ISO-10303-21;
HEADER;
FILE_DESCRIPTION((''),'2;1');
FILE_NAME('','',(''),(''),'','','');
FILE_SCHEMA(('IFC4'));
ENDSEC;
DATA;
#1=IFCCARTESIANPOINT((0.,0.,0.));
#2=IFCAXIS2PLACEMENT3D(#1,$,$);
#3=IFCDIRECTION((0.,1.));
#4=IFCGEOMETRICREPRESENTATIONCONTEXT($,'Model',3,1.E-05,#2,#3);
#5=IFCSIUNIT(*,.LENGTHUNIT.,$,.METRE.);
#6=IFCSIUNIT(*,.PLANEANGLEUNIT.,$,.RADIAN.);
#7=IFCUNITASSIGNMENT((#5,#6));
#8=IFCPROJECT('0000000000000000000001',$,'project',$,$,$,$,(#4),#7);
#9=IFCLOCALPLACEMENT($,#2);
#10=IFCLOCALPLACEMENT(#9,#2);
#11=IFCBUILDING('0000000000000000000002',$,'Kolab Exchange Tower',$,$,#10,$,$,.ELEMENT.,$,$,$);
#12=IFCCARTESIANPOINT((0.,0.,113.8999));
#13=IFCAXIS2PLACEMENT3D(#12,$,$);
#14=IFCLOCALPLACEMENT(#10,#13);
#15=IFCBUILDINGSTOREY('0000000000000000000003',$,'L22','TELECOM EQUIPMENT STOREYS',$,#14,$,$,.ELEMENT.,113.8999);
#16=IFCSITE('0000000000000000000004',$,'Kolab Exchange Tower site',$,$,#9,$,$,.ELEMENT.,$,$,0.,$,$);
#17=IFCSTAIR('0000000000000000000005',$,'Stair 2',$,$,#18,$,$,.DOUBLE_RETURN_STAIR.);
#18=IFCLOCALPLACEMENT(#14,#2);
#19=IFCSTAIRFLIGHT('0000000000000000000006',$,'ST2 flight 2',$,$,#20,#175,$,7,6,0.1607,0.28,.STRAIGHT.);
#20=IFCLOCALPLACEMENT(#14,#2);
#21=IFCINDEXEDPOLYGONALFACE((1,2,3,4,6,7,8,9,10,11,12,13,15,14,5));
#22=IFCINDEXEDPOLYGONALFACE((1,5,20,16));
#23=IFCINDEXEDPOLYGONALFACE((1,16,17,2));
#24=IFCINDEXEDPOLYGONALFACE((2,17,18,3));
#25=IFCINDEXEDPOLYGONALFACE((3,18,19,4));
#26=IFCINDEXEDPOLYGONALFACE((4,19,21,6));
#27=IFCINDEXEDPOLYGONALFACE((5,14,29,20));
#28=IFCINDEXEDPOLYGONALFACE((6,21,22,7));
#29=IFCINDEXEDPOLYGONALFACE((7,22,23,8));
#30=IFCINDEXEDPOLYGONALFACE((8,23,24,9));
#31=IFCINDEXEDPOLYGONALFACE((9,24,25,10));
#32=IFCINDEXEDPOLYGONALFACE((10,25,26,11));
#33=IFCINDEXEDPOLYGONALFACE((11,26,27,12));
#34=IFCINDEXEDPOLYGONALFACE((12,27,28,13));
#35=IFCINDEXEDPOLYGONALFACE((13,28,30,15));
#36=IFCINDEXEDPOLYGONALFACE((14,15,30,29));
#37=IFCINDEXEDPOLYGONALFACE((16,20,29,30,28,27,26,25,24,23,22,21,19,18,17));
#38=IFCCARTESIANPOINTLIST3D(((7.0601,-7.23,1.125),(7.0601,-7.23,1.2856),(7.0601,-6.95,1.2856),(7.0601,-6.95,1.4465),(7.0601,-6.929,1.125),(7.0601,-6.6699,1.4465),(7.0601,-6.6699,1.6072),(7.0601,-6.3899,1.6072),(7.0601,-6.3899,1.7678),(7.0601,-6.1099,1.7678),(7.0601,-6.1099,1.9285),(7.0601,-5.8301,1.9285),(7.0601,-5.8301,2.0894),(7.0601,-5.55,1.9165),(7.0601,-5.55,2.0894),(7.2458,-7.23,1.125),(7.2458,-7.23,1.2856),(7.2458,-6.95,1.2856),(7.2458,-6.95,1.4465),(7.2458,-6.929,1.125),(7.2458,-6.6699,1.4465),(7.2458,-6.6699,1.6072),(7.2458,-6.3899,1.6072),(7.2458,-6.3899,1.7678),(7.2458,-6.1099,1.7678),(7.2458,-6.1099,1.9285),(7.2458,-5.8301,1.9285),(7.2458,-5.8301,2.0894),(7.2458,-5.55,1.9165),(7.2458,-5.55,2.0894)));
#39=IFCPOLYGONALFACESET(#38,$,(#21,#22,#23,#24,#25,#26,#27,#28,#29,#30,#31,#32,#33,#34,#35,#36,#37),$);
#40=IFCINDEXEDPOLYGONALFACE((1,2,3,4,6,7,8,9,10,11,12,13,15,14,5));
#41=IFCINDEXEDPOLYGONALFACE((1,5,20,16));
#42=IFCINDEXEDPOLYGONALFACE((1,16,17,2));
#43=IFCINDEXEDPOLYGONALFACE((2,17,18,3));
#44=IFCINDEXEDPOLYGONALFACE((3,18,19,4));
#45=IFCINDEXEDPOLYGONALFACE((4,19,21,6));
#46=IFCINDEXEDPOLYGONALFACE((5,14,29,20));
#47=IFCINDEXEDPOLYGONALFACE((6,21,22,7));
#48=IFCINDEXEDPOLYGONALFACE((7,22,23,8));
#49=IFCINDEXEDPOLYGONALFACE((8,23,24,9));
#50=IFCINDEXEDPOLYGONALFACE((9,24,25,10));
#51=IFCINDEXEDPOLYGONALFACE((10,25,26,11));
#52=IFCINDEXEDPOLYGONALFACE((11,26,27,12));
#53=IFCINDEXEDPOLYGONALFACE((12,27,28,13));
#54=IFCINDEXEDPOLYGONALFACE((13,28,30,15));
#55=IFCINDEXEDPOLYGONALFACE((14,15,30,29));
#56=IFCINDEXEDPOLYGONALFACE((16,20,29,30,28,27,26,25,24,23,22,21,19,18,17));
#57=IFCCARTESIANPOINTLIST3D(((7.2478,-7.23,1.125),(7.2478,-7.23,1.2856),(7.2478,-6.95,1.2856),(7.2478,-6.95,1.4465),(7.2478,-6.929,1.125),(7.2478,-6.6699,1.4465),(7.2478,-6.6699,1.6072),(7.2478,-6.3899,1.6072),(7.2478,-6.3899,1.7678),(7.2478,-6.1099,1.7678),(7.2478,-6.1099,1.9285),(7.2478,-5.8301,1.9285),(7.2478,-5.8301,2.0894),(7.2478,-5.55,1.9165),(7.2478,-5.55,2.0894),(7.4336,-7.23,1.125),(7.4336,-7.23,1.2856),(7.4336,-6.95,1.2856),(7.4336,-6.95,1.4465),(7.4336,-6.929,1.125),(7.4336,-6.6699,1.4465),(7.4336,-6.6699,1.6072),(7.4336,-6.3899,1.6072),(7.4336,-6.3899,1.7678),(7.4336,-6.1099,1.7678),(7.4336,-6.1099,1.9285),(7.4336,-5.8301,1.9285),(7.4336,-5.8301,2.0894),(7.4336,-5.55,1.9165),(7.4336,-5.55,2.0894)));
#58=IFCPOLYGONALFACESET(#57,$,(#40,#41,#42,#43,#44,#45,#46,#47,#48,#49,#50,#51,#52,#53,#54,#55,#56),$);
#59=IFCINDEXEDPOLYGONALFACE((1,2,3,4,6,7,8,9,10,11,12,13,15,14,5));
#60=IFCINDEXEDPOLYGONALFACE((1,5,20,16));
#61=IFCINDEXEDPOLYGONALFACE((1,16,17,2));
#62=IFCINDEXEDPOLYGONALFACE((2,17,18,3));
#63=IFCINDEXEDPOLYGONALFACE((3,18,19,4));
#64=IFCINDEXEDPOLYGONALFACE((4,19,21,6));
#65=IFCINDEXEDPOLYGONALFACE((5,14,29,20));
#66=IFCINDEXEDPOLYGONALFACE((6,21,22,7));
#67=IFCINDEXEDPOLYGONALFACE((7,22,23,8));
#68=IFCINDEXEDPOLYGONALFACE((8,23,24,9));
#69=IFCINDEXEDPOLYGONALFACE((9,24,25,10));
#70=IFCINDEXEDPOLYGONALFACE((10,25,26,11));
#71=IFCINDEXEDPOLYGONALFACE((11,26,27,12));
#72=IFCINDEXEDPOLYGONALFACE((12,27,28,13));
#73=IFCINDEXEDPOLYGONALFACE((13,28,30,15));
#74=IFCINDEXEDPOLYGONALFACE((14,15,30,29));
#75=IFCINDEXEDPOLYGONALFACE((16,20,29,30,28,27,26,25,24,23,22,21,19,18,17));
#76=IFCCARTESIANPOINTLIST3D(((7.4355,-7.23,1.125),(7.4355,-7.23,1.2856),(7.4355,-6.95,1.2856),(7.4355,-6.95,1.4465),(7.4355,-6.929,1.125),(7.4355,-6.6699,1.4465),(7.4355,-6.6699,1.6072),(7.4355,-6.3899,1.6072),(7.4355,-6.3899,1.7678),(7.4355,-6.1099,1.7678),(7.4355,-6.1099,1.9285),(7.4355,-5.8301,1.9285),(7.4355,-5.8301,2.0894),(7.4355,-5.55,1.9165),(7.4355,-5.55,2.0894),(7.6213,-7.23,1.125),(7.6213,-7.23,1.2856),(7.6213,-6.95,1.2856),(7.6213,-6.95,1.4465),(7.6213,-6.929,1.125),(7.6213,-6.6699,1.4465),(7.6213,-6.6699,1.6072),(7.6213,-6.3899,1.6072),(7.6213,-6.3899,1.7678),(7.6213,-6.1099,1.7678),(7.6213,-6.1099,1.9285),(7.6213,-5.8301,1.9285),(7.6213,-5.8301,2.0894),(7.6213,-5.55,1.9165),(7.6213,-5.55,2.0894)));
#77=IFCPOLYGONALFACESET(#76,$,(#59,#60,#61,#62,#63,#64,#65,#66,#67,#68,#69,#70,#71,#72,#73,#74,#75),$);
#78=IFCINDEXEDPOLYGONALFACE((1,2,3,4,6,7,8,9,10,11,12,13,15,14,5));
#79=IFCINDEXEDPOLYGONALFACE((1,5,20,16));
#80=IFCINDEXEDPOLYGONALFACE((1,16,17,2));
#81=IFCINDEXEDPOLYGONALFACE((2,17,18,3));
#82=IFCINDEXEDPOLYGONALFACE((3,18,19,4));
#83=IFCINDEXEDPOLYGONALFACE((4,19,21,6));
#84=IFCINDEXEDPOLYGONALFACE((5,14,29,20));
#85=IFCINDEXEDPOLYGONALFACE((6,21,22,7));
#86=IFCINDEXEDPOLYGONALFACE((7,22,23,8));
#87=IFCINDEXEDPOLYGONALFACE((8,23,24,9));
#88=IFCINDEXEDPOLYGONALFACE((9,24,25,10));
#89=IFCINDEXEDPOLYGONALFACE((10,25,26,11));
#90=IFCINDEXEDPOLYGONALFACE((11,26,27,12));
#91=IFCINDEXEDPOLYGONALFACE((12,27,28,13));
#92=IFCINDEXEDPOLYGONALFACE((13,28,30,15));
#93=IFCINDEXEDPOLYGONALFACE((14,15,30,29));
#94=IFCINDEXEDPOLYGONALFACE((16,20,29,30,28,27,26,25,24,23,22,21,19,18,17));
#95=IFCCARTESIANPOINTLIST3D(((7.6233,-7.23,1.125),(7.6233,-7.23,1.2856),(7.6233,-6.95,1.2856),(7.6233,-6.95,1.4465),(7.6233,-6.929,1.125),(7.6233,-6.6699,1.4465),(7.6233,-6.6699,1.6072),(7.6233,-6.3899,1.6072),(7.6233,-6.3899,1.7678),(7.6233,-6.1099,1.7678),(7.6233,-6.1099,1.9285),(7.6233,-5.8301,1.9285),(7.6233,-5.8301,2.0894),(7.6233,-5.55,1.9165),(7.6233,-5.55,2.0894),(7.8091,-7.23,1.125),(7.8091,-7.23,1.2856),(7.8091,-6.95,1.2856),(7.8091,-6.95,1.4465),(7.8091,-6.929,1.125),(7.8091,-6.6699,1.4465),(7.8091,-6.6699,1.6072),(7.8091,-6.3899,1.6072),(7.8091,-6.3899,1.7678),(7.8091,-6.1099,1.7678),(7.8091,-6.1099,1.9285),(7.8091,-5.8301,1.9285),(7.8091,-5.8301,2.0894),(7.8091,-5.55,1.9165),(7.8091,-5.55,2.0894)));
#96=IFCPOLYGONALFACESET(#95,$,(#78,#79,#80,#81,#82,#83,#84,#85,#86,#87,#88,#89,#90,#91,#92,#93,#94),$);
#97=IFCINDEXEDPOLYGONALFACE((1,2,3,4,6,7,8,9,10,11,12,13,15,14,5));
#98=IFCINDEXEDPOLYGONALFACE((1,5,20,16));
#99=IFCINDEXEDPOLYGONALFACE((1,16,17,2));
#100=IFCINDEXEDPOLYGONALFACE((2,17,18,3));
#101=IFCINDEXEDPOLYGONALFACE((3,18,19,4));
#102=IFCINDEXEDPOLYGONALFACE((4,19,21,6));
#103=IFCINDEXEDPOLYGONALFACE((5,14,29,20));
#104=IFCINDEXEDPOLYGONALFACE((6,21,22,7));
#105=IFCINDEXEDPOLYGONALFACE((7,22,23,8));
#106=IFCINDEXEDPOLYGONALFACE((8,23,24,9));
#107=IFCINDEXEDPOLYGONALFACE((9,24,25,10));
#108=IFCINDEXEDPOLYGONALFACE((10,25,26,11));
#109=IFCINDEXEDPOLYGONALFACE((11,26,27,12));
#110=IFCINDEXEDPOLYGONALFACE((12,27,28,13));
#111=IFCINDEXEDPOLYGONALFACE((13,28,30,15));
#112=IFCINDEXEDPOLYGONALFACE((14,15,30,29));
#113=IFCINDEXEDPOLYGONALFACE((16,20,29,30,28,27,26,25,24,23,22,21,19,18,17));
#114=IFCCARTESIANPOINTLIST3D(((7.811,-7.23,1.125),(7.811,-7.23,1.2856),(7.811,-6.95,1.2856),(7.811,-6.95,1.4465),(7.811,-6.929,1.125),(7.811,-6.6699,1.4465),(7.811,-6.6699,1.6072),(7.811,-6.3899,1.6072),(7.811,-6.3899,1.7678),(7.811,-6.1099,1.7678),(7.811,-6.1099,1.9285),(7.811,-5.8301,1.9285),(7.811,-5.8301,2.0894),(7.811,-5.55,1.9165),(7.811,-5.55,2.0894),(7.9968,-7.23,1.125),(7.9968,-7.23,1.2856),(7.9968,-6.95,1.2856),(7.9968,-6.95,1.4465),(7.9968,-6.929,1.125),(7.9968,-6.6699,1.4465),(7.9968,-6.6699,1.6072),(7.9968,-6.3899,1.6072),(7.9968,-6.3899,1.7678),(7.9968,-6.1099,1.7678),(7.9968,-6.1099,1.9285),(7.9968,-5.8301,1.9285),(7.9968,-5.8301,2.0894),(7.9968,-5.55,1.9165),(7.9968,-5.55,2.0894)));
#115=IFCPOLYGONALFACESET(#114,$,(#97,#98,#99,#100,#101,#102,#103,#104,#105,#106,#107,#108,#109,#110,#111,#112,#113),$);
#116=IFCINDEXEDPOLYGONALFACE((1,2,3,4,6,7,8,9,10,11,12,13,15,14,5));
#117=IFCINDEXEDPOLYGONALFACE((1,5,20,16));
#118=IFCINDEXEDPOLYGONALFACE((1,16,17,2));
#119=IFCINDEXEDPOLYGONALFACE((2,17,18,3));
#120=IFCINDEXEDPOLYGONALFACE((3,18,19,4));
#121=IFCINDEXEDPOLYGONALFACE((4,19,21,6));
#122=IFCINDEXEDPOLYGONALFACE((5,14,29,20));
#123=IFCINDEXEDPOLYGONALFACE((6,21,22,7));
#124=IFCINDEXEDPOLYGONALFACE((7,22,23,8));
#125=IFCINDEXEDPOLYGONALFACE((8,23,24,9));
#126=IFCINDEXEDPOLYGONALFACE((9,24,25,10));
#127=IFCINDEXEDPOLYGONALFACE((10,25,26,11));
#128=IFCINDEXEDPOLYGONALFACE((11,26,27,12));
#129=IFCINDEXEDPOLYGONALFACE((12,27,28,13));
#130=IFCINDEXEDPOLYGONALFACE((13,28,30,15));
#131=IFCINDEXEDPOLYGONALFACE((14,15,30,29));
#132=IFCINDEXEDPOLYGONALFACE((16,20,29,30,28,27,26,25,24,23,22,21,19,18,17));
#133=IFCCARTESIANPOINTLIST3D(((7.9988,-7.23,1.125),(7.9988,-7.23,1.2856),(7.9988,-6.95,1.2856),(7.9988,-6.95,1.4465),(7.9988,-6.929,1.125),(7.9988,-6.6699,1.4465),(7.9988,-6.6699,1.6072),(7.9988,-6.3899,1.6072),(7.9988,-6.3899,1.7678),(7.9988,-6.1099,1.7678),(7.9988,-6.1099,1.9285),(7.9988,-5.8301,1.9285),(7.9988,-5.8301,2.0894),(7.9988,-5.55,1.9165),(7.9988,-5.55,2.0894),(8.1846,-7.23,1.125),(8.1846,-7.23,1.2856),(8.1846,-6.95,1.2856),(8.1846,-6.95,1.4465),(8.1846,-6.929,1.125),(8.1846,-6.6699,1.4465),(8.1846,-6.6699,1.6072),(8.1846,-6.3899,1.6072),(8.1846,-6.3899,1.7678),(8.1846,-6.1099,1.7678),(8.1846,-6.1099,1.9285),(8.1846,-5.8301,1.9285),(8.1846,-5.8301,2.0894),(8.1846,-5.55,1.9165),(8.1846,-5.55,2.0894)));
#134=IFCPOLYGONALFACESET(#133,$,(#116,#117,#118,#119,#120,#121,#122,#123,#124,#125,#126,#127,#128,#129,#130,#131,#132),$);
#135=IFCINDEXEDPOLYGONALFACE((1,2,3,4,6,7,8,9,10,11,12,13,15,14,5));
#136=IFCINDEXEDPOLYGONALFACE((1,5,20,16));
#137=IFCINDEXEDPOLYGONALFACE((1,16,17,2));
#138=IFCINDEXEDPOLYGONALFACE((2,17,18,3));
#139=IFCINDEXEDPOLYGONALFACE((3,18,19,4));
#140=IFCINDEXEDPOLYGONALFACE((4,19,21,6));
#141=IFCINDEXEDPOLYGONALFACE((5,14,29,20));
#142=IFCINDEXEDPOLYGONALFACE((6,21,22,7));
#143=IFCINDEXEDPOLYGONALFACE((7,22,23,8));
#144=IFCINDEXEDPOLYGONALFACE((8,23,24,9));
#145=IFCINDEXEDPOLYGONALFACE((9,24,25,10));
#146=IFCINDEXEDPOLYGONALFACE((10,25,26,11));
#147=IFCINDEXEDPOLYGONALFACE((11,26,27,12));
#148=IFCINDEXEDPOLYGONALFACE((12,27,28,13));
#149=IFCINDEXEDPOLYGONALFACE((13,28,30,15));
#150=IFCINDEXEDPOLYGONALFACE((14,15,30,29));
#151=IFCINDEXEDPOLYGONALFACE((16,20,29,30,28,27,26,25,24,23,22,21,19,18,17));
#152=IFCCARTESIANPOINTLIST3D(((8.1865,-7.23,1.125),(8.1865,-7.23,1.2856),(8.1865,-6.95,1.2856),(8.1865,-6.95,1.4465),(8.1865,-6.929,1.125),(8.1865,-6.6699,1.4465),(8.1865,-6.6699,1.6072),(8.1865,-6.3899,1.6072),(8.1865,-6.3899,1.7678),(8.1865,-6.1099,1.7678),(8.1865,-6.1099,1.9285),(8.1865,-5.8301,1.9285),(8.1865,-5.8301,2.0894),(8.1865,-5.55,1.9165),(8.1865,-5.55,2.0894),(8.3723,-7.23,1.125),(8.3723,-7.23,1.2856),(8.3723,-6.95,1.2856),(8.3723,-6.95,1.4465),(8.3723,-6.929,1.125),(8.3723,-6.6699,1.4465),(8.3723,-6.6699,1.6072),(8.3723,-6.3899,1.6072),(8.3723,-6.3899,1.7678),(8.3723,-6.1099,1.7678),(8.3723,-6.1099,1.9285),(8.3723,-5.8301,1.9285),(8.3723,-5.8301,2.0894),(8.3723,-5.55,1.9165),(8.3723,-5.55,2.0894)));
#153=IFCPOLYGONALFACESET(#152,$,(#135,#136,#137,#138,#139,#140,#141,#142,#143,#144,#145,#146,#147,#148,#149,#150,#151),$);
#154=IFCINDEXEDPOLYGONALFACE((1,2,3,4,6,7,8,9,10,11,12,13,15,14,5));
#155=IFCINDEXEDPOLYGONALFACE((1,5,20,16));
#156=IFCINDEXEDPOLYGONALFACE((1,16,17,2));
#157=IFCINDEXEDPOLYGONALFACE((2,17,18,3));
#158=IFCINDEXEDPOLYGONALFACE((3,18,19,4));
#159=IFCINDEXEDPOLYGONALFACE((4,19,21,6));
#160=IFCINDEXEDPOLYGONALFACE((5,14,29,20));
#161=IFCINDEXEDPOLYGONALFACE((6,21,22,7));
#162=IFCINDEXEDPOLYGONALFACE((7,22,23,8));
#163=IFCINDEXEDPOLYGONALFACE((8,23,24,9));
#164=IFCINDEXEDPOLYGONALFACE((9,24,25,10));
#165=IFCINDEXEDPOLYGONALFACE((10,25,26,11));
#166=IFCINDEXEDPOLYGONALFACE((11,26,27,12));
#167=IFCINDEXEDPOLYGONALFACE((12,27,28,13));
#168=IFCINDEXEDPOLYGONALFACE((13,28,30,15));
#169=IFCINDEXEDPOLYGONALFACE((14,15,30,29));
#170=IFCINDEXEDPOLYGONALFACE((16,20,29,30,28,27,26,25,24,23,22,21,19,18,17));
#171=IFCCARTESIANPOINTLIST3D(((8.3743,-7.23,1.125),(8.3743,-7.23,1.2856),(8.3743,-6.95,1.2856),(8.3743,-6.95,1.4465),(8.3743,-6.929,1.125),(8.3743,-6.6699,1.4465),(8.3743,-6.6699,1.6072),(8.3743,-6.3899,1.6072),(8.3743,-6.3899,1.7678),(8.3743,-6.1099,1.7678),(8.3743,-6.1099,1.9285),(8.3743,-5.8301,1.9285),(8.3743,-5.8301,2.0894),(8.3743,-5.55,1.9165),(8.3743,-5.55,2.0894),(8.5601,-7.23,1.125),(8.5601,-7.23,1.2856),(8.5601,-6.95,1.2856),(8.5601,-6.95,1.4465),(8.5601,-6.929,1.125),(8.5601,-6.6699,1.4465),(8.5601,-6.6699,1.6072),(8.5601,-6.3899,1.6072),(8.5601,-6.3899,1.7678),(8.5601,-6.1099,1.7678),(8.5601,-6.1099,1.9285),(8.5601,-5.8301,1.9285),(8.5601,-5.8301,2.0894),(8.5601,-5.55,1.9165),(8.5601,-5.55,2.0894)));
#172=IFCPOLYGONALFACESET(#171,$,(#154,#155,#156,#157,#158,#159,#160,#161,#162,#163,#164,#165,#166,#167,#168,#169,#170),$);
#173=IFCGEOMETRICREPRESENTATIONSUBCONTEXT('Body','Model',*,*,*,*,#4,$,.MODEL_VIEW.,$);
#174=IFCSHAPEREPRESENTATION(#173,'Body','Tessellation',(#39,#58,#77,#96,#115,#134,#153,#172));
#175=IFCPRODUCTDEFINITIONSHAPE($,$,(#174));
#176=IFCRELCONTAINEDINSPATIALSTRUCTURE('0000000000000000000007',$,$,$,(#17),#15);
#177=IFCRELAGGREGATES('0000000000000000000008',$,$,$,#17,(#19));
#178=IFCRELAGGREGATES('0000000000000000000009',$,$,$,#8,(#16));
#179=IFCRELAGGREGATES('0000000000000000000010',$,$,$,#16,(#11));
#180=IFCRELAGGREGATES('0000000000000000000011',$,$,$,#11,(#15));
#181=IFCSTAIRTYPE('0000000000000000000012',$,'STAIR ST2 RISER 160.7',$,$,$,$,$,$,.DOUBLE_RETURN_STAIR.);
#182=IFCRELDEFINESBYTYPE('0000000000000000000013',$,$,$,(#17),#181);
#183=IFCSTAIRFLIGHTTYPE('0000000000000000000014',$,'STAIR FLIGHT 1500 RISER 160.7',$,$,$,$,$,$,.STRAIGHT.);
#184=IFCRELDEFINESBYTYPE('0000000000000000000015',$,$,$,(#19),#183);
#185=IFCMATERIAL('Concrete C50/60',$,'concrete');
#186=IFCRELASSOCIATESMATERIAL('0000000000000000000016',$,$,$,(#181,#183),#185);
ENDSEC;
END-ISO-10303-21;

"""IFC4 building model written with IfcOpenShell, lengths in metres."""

from ifc_helpers import new_model, si_unit, direction, frame, origin, place, context, subcontext, project, spatial, polyline, outline, extrude, material, type_object, element, aggregate, save


model = new_model("IFC4")

# Units and contexts
model_context = context("Model", 3, precision=1e-05, world=origin(), true_north=direction((0.0, 1.0)))
body_context = subcontext(model_context, "Body", "Model", "MODEL_VIEW")
ifc_project = project(units=[si_unit("LENGTHUNIT", "METRE"), si_unit("PLANEANGLEUNIT", "RADIAN")], contexts=[model_context])

# Site, building, storey
site_placement = place(None, origin())
site = spatial("IfcSite", under=ifc_project, at=site_placement, Name="Kolab Exchange Tower site", CompositionType="ELEMENT", RefElevation=0.0)
building_placement = place(site_placement, origin())
building = spatial("IfcBuilding", under=site, at=building_placement, Name="Kolab Exchange Tower", CompositionType="ELEMENT")
storey_placement = place(building_placement, frame((0.0, 0.0, 113.8999)))
storey = spatial("IfcBuildingStorey", under=building, at=storey_placement, Name="L22", Description="TELECOM EQUIPMENT STOREYS", CompositionType="ELEMENT", Elevation=113.8999)

# Shared definitions
ifc_material_1 = material(Name="Concrete C50/60", Category="concrete")

# Stair, stair flight
stair_type = type_object("IfcStairType", Name="STAIR ST2 RISER 160.7", PredefinedType="DOUBLE_RETURN_STAIR", material=ifc_material_1)
stair_placement = place(storey_placement, origin())
stair = element("IfcStair", 1, at=stair_placement, inside=storey, type_object=stair_type, Name="Stair 2", PredefinedType="DOUBLE_RETURN_STAIR")
stair_flight_type = type_object("IfcStairFlightType", Name="STAIR FLIGHT 1500 RISER 160.7", PredefinedType="STRAIGHT", material=ifc_material_1)
stair_flight_1_placement = place(storey_placement, frame((7.8101, -7.23, 1.125), z_axis=(0.0, 0.0, 1.0), x_axis=(0.0, 1.0, 0.0)))
stair_flight_1 = element("IfcStairFlight", 2, at=stair_flight_1_placement, type_object=stair_flight_type, Name="ST2 flight 2", NumberOfRisers=7, NumberOfTreads=6, PredefinedType="STRAIGHT", RiserHeight=0.1607, TreadLength=0.28, context=body_context, shape_type="SweptSolid", body=[
    extrude(outline(polyline([(0.0, 0.0), (0.0, 0.1606), (0.28, 0.1606), (0.28, 0.3215), (0.5601, 0.3215), (0.5601, 0.4822), (0.8401, 0.4822), (0.8401, 0.6428), (1.1201, 0.6428), (1.1201, 0.8035), (1.3999, 0.8035), (1.3999, 0.9644), (1.6799, 0.9644), (1.6799, 1.125), (1.6799, 0.7915), (0.301, 0.0), (0.0, 0.0)])), frame((0.0, 0.75, 0.0), z_axis=(0.0, -1.0, 0.0), x_axis=(1.0, 0.0, 0.0)), (0.0, 0.0, 1.0), 0.1858),
    extrude(outline(polyline([(0.0, 0.0), (0.0, 0.1606), (0.28, 0.1606), (0.28, 0.3215), (0.5601, 0.3215), (0.5601, 0.4822), (0.8401, 0.4822), (0.8401, 0.6428), (1.1201, 0.6428), (1.1201, 0.8035), (1.3999, 0.8035), (1.3999, 0.9644), (1.6799, 0.9644), (1.6799, 1.125), (1.6799, 0.7915), (0.301, 0.0), (0.0, 0.0)])), frame((0.0, 0.5623, 0.0), z_axis=(0.0, -1.0, 0.0), x_axis=(1.0, 0.0, 0.0)), (0.0, 0.0, 1.0), 0.1858),
    extrude(outline(polyline([(0.0, 0.0), (0.0, 0.1606), (0.28, 0.1606), (0.28, 0.3215), (0.5601, 0.3215), (0.5601, 0.4822), (0.8401, 0.4822), (0.8401, 0.6428), (1.1201, 0.6428), (1.1201, 0.8035), (1.3999, 0.8035), (1.3999, 0.9644), (1.6799, 0.9644), (1.6799, 1.125), (1.6799, 0.7915), (0.301, 0.0), (0.0, 0.0)])), frame((0.0, 0.3745, 0.0), z_axis=(0.0, -1.0, 0.0), x_axis=(1.0, 0.0, 0.0)), (0.0, 0.0, 1.0), 0.1858),
    extrude(outline(polyline([(0.0, 0.0), (0.0, 0.1606), (0.28, 0.1606), (0.28, 0.3215), (0.5601, 0.3215), (0.5601, 0.4822), (0.8401, 0.4822), (0.8401, 0.6428), (1.1201, 0.6428), (1.1201, 0.8035), (1.3999, 0.8035), (1.3999, 0.9644), (1.6799, 0.9644), (1.6799, 1.125), (1.6799, 0.7915), (0.301, 0.0), (0.0, 0.0)])), frame((0.0, 0.1868, 0.0), z_axis=(0.0, -1.0, 0.0), x_axis=(1.0, 0.0, 0.0)), (0.0, 0.0, 1.0), 0.1858),
    extrude(outline(polyline([(0.0, 0.0), (0.0, 0.1606), (0.28, 0.1606), (0.28, 0.3215), (0.5601, 0.3215), (0.5601, 0.4822), (0.8401, 0.4822), (0.8401, 0.6428), (1.1201, 0.6428), (1.1201, 0.8035), (1.3999, 0.8035), (1.3999, 0.9644), (1.6799, 0.9644), (1.6799, 1.125), (1.6799, 0.7915), (0.301, 0.0), (0.0, 0.0)])), frame((0.0, -0.001, 0.0), z_axis=(0.0, -1.0, 0.0), x_axis=(1.0, 0.0, 0.0)), (0.0, 0.0, 1.0), 0.1858),
    extrude(outline(polyline([(0.0, 0.0), (0.0, 0.1606), (0.28, 0.1606), (0.28, 0.3215), (0.5601, 0.3215), (0.5601, 0.4822), (0.8401, 0.4822), (0.8401, 0.6428), (1.1201, 0.6428), (1.1201, 0.8035), (1.3999, 0.8035), (1.3999, 0.9644), (1.6799, 0.9644), (1.6799, 1.125), (1.6799, 0.7915), (0.301, 0.0), (0.0, 0.0)])), frame((0.0, -0.1887, 0.0), z_axis=(0.0, -1.0, 0.0), x_axis=(1.0, 0.0, 0.0)), (0.0, 0.0, 1.0), 0.1858),
    extrude(outline(polyline([(0.0, 0.0), (0.0, 0.1606), (0.28, 0.1606), (0.28, 0.3215), (0.5601, 0.3215), (0.5601, 0.4822), (0.8401, 0.4822), (0.8401, 0.6428), (1.1201, 0.6428), (1.1201, 0.8035), (1.3999, 0.8035), (1.3999, 0.9644), (1.6799, 0.9644), (1.6799, 1.125), (1.6799, 0.7915), (0.301, 0.0), (0.0, 0.0)])), frame((0.0, -0.3765, 0.0), z_axis=(0.0, -1.0, 0.0), x_axis=(1.0, 0.0, 0.0)), (0.0, 0.0, 1.0), 0.1858),
    extrude(outline(polyline([(0.0, 0.0), (0.0, 0.1606), (0.28, 0.1606), (0.28, 0.3215), (0.5601, 0.3215), (0.5601, 0.4822), (0.8401, 0.4822), (0.8401, 0.6428), (1.1201, 0.6428), (1.1201, 0.8035), (1.3999, 0.8035), (1.3999, 0.9644), (1.6799, 0.9644), (1.6799, 1.125), (1.6799, 0.7915), (0.301, 0.0), (0.0, 0.0)])), frame((0.0, -0.5642, 0.0), z_axis=(0.0, -1.0, 0.0), x_axis=(1.0, 0.0, 0.0)), (0.0, 0.0, 1.0), 0.1858),
])
aggregate(stair, [stair_flight_1])

save(model, "model.ifc")
